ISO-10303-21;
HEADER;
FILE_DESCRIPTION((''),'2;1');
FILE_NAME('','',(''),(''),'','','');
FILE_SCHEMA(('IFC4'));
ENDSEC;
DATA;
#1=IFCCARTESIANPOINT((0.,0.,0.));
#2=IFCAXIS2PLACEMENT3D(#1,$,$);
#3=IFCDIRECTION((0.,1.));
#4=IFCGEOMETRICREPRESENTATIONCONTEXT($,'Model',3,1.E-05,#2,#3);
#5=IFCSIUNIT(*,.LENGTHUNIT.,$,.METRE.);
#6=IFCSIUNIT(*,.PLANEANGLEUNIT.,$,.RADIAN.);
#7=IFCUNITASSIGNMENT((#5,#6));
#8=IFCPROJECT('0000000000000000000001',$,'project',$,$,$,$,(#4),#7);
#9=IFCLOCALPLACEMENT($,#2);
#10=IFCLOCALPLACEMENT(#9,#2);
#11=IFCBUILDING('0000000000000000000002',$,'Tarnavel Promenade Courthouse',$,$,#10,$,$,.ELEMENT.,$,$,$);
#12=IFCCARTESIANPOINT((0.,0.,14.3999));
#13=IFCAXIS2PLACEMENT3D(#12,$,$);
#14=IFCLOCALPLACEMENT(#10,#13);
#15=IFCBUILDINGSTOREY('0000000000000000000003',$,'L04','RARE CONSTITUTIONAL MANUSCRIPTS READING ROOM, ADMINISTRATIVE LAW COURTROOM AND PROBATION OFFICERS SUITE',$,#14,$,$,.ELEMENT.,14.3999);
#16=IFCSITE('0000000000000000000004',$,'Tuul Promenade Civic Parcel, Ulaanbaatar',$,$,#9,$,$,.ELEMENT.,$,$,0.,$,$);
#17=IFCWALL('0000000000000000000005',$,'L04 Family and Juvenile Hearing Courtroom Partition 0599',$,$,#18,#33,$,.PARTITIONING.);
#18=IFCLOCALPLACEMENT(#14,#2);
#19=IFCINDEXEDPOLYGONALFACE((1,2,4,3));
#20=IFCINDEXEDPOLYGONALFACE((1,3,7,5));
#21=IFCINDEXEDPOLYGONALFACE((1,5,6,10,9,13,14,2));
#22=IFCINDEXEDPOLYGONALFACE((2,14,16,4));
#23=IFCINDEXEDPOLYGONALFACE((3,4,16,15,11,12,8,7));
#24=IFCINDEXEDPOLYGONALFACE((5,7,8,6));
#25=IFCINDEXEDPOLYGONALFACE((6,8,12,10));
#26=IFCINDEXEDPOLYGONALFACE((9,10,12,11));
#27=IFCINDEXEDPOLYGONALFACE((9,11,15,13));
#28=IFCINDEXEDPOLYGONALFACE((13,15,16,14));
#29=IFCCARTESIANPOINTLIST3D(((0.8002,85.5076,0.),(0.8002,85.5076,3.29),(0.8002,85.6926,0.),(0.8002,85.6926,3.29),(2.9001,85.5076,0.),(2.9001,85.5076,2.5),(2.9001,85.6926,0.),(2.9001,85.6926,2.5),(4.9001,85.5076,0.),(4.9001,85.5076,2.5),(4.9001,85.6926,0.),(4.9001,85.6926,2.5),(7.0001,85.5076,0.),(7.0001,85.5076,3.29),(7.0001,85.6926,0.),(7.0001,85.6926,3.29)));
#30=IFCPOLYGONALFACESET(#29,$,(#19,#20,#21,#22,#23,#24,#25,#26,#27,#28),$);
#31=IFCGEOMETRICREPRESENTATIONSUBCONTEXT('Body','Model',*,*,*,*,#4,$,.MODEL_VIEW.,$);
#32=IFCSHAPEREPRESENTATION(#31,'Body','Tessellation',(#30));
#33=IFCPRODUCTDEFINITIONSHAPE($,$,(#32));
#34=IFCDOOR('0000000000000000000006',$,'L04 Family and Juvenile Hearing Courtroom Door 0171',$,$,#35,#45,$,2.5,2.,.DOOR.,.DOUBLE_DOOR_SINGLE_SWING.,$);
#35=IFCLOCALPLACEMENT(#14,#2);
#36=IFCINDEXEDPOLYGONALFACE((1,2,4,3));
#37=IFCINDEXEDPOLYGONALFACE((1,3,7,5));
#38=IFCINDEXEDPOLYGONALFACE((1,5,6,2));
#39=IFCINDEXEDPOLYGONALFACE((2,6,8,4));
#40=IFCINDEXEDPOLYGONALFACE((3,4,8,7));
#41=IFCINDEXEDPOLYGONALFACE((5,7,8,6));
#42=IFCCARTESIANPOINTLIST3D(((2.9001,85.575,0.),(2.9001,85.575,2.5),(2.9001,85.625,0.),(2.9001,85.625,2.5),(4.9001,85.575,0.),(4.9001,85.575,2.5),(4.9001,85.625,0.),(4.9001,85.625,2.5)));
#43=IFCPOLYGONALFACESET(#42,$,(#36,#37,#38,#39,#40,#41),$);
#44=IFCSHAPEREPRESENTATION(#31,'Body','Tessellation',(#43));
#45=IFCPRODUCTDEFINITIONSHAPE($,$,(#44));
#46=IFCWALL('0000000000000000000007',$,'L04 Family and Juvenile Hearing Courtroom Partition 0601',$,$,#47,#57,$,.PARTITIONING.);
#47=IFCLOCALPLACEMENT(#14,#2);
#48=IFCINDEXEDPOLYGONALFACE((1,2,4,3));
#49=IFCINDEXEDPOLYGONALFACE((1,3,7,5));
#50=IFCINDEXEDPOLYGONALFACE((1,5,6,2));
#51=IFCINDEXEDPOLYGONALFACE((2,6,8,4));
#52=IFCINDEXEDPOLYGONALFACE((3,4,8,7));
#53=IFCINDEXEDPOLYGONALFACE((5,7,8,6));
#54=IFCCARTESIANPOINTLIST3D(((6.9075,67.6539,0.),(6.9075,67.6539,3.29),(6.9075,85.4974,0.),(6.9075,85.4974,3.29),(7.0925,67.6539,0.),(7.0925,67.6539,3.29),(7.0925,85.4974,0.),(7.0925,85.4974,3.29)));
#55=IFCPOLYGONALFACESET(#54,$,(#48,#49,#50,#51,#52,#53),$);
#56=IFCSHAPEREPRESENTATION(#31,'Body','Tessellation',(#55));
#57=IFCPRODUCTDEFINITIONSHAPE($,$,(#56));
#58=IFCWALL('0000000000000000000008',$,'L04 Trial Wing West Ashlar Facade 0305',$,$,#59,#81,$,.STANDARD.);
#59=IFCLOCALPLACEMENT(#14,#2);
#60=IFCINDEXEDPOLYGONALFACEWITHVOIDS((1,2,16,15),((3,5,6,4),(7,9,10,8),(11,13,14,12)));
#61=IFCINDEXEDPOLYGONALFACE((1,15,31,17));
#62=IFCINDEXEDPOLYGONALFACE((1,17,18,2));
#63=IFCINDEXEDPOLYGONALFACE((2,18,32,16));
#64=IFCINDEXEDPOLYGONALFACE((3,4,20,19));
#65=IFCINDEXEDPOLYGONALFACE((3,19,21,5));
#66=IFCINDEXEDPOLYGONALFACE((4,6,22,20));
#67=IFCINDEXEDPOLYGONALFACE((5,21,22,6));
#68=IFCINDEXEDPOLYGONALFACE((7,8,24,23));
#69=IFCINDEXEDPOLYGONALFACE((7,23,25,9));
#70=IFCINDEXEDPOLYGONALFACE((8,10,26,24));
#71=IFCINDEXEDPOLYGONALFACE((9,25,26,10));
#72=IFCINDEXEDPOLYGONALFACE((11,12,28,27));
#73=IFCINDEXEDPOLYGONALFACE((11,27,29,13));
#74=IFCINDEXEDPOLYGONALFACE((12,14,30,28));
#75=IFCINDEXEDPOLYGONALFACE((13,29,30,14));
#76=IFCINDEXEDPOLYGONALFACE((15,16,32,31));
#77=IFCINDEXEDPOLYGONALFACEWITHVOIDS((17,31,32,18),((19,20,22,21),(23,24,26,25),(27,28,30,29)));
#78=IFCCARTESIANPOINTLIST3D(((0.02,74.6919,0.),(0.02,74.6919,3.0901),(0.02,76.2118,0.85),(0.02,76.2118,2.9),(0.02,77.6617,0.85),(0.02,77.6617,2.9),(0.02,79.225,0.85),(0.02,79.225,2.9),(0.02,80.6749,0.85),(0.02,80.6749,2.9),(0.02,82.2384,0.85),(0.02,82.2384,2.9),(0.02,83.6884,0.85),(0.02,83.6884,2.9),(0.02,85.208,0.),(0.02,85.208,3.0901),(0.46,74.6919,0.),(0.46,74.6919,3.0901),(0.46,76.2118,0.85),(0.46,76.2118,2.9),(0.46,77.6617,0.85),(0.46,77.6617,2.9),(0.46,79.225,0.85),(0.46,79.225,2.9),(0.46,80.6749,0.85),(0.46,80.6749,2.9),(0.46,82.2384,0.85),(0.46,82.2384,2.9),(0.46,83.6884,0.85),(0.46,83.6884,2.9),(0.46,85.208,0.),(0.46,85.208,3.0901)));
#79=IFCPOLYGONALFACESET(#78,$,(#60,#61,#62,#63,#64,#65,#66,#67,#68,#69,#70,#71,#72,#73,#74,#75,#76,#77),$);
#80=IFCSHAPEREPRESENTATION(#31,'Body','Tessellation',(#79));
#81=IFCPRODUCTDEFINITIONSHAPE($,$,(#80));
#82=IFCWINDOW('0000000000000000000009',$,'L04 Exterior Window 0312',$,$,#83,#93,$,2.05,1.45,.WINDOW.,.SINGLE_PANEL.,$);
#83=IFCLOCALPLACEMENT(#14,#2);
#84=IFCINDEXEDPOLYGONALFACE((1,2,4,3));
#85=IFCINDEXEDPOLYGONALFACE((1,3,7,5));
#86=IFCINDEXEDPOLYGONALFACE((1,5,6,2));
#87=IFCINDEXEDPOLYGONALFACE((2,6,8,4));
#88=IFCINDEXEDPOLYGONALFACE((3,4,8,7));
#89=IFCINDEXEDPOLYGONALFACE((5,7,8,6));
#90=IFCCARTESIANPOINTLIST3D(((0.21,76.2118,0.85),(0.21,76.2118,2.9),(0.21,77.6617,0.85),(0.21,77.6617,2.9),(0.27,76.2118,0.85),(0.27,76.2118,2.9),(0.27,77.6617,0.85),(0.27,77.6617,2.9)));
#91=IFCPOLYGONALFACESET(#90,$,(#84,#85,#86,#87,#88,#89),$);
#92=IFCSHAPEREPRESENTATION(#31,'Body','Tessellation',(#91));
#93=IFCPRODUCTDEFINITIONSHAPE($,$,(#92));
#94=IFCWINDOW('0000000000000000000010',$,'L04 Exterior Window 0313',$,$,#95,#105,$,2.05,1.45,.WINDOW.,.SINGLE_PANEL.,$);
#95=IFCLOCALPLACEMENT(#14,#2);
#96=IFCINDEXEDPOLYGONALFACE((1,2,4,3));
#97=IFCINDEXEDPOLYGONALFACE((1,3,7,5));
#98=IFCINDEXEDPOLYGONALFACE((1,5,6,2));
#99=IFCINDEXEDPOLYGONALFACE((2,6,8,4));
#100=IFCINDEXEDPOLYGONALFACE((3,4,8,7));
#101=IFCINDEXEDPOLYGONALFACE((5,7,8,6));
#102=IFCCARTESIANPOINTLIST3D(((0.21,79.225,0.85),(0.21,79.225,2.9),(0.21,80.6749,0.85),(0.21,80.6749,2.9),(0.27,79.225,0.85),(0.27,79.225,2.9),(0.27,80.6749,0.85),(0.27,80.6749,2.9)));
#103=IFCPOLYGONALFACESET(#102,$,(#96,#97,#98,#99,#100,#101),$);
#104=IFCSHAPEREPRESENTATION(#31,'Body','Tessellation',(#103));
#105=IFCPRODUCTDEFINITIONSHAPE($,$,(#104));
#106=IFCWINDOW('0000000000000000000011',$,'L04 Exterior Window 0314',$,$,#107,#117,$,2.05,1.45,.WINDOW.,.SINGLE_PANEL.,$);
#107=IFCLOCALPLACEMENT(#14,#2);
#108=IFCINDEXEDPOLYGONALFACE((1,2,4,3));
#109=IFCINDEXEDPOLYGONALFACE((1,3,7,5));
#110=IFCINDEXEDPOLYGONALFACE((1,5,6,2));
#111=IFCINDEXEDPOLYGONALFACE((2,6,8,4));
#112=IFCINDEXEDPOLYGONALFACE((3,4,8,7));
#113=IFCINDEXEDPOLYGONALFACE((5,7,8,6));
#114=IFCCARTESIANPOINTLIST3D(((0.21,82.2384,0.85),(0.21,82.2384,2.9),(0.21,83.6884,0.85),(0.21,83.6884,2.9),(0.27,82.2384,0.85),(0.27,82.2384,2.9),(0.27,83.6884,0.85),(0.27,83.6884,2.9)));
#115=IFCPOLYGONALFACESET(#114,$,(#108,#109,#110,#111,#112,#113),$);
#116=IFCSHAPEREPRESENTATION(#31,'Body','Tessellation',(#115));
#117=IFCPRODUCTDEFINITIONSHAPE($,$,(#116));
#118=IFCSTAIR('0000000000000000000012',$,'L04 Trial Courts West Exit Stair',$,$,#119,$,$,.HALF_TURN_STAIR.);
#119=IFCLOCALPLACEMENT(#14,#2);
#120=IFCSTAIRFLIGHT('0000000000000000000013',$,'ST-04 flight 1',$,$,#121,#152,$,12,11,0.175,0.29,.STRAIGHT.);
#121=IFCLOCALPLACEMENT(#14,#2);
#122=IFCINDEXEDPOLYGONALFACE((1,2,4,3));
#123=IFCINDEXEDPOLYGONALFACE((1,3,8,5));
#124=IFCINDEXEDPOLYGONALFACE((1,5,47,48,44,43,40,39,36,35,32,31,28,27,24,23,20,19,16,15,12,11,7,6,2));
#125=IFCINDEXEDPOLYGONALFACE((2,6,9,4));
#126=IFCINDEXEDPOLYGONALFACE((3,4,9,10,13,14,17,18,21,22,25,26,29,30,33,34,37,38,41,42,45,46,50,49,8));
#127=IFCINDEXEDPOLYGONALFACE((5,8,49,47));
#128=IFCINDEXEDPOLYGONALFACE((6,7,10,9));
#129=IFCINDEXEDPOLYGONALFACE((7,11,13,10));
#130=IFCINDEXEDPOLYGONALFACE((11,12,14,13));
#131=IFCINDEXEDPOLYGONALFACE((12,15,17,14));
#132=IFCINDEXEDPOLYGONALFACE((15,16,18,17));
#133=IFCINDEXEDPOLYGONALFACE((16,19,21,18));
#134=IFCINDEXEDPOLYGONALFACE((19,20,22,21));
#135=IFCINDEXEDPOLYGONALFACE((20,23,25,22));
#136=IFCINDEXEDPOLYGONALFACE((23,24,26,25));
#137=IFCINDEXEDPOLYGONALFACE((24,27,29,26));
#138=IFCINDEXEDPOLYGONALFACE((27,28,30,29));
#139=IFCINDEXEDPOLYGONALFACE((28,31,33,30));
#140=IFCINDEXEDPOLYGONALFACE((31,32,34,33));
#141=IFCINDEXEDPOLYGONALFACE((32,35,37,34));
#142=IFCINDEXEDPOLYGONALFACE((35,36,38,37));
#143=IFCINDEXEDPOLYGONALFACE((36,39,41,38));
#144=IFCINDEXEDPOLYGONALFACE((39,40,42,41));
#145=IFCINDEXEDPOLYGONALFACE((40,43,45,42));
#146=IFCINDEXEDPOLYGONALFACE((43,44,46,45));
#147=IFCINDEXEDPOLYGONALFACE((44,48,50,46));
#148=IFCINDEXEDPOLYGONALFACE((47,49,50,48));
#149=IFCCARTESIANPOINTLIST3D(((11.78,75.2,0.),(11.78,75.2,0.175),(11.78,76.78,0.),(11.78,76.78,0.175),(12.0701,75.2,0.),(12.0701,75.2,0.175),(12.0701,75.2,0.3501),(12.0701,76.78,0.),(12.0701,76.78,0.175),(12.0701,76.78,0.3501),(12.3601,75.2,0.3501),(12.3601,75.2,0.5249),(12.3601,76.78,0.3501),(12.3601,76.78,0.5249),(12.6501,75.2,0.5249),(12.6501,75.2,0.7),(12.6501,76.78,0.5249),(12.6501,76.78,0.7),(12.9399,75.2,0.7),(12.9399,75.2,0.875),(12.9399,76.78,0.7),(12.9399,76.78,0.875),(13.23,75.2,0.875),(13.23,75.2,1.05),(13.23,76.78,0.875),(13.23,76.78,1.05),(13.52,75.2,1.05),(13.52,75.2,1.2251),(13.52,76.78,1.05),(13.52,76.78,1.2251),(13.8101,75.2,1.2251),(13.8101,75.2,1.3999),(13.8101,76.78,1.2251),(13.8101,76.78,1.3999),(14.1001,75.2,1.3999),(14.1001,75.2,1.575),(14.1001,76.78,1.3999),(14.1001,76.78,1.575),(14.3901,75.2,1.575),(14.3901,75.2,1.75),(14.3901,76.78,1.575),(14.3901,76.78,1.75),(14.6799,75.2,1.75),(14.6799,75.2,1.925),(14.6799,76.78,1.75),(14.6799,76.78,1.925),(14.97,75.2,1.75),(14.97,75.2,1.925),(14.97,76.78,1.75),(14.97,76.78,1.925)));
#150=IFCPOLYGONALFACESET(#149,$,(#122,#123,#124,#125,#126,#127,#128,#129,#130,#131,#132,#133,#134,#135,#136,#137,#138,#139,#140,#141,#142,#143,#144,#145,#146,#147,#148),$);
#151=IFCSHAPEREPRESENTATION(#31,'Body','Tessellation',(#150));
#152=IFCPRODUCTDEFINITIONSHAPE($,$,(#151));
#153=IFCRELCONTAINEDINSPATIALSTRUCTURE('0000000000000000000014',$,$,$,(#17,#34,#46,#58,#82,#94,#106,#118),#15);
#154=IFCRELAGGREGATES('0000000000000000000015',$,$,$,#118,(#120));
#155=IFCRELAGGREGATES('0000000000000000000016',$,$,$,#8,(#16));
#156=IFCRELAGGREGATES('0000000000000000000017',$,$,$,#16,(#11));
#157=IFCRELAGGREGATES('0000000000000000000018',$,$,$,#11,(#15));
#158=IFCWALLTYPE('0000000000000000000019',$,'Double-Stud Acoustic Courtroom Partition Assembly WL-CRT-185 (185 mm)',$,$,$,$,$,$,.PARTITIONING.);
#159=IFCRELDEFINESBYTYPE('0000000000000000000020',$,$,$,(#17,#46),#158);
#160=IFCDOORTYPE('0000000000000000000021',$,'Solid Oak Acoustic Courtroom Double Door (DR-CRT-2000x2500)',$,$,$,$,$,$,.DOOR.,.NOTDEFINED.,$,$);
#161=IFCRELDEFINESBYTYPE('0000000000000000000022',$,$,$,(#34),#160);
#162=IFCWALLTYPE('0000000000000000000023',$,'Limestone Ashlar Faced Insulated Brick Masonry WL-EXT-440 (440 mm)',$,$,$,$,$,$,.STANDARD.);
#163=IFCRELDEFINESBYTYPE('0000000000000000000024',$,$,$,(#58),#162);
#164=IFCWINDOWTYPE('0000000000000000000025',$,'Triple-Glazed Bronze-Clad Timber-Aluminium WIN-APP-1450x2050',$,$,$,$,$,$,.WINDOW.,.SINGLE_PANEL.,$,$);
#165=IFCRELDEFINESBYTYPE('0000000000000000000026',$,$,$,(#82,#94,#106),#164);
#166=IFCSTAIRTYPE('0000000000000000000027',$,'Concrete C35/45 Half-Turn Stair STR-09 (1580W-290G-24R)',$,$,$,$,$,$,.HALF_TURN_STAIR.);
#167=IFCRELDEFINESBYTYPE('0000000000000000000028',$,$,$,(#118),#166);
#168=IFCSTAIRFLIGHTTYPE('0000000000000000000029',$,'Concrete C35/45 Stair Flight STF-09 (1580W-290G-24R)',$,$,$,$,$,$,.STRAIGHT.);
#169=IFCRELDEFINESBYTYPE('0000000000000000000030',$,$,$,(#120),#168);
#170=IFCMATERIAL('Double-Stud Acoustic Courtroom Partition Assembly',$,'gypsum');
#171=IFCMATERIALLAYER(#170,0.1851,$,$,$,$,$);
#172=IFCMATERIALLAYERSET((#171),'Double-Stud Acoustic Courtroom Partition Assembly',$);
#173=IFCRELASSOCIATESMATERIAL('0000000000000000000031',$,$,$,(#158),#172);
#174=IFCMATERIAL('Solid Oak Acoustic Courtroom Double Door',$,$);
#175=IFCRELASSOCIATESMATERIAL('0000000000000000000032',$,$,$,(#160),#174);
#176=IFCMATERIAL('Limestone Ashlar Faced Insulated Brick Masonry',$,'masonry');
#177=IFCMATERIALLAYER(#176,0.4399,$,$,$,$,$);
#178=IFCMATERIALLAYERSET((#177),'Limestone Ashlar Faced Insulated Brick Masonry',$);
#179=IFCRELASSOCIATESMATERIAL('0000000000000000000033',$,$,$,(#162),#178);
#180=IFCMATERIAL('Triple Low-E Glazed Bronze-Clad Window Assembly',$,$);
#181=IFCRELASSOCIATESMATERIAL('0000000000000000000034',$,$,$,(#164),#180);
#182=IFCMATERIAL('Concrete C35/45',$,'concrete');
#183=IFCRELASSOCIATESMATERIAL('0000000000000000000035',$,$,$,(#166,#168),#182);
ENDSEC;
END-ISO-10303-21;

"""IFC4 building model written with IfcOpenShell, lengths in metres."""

from ifc_helpers import new_model, si_unit, direction, frame, frame_2d, origin, place, context, subcontext, project, spatial, polyline, rectangle, outline, extrude, material, layer, layer_set, type_object, element, fill, aggregate, save


model = new_model("IFC4")

# Units and contexts
model_context = context("Model", 3, precision=1e-05, world=origin(), true_north=direction((0.0, 1.0)))
body_context = subcontext(model_context, "Body", "Model", "MODEL_VIEW")
ifc_project = project(units=[si_unit("LENGTHUNIT", "METRE"), si_unit("PLANEANGLEUNIT", "RADIAN")], contexts=[model_context])

# Site, building, storey
site_placement = place(None, origin())
site = spatial("IfcSite", under=ifc_project, at=site_placement, Name="Tuul Promenade Civic Parcel, Ulaanbaatar", CompositionType="ELEMENT", RefElevation=0.0)
building_placement = place(site_placement, origin())
building = spatial("IfcBuilding", under=site, at=building_placement, Name="Tarnavel Promenade Courthouse", CompositionType="ELEMENT")
storey_placement = place(building_placement, frame((0.0, 0.0, 14.3999)))
storey = spatial("IfcBuildingStorey", under=building, at=storey_placement, Name="L04", Description="RARE CONSTITUTIONAL MANUSCRIPTS READING ROOM, ADMINISTRATIVE LAW COURTROOM AND PROBATION OFFICERS SUITE", CompositionType="ELEMENT", Elevation=14.3999)

# Wall, opening, door
ifc_material_1 = material(Name="Double-Stud Acoustic Courtroom Partition Assembly", Category="gypsum")
ifc_layer_1 = layer(ifc_material_1, 0.1851)
ifc_layer_set_1 = layer_set([ifc_layer_1], Name="Double-Stud Acoustic Courtroom Partition Assembly")
wall_type_1 = type_object("IfcWallType", Name="Double-Stud Acoustic Courtroom Partition Assembly WL-CRT-185 (185 mm)", PredefinedType="PARTITIONING", material=ifc_layer_set_1)
wall_1_placement = place(storey_placement, frame((0.8, 85.6001, 0.0), z_axis=(0.0, 0.0, 1.0), x_axis=(1.0, 0.0, 0.0)))
wall_1 = element("IfcWall", 1, at=wall_1_placement, inside=storey, type_object=wall_type_1, Name="L04 Family and Juvenile Hearing Courtroom Partition 0599", PredefinedType="PARTITIONING", context=body_context, shape_type="SweptSolid", body=[
    extrude(rectangle(XDim=6.2, YDim=0.1851, at=frame_2d((3.1001, 0.0))), origin(), (0.0, 0.0, 1.0), 3.29),
])
opening_1_placement = place(wall_1_placement, frame((2.1001, 0.0, 0.0)))
opening_1 = element("IfcOpeningElement", 2, at=opening_1_placement, cuts=wall_1, PredefinedType="OPENING", context=body_context, shape_type="SweptSolid", body=[
    extrude(rectangle(XDim=2.0, YDim=2.5, at=frame_2d((1.0, 1.25))), frame((0.0, 0.1025, 0.0), z_axis=(0.0, -1.0, 0.0), x_axis=(1.0, 0.0, 0.0)), (0.0, 0.0, 1.0), 0.2051),
])
ifc_material_2 = material(Name="Solid Oak Acoustic Courtroom Double Door")
door_type_1 = type_object("IfcDoorType", Name="Solid Oak Acoustic Courtroom Double Door (DR-CRT-2000x2500)", OperationType="NOTDEFINED", PredefinedType="DOOR", material=ifc_material_2)
door_1_placement = place(opening_1_placement, origin())
door_1 = element("IfcDoor", 3, at=door_1_placement, inside=storey, type_object=door_type_1, Name="L04 Family and Juvenile Hearing Courtroom Door 0171", OperationType="DOUBLE_DOOR_SINGLE_SWING", OverallHeight=2.5, OverallWidth=2.0, PredefinedType="DOOR", context=body_context, shape_type="SweptSolid", body=[
    extrude(rectangle(XDim=2.0, YDim=2.5, at=frame_2d((1.0, 1.25))), frame((0.0, 0.0249, 0.0), z_axis=(0.0, -1.0, 0.0), x_axis=(1.0, 0.0, 0.0)), (0.0, 0.0, 1.0), 0.05),
])
fill(opening_1, door_1)

# Wall
wall_2_placement = place(storey_placement, frame((7.0, 85.4976, 0.0), z_axis=(0.0, 0.0, 1.0), x_axis=(0.0, -1.0, 0.0)))
element("IfcWall", 4, at=wall_2_placement, inside=storey, type_object=wall_type_1, Name="L04 Family and Juvenile Hearing Courtroom Partition 0601", PredefinedType="PARTITIONING", context=body_context, shape_type="SweptSolid", body=[
    extrude(rectangle(XDim=17.8435, YDim=0.1851, at=frame_2d((8.9219, 0.0))), origin(), (0.0, 0.0, 1.0), 3.29),
])

# Wall, openings, windows
ifc_material_3 = material(Name="Limestone Ashlar Faced Insulated Brick Masonry", Category="masonry")
ifc_layer_2 = layer(ifc_material_3, 0.4399)
ifc_layer_set_2 = layer_set([ifc_layer_2], Name="Limestone Ashlar Faced Insulated Brick Masonry")
wall_type_2 = type_object("IfcWallType", Name="Limestone Ashlar Faced Insulated Brick Masonry WL-EXT-440 (440 mm)", PredefinedType="STANDARD", material=ifc_layer_set_2)
wall_3_placement = place(storey_placement, frame((0.24, 74.6919, 0.0), z_axis=(0.0, 0.0, 1.0), x_axis=(0.0, 1.0, 0.0)))
wall_3 = element("IfcWall", 5, at=wall_3_placement, inside=storey, type_object=wall_type_2, Name="L04 Trial Wing West Ashlar Facade 0305", PredefinedType="STANDARD", context=body_context, shape_type="SweptSolid", body=[
    extrude(rectangle(XDim=10.5161, YDim=0.4399, at=frame_2d((5.2581, 0.0))), origin(), (0.0, 0.0, 1.0), 3.0901),
])
opening_2_placement = place(wall_3_placement, frame((1.5198, 0.0, 0.8501)))
opening_2 = element("IfcOpeningElement", 6, at=opening_2_placement, cuts=wall_3, PredefinedType="OPENING", context=body_context, shape_type="SweptSolid", body=[
    extrude(rectangle(XDim=1.45, YDim=2.05, at=frame_2d((0.7251, 1.0249))), frame((0.0, 0.23, 0.0), z_axis=(0.0, -1.0, 0.0), x_axis=(1.0, 0.0, 0.0)), (0.0, 0.0, 1.0), 0.46),
])
opening_3_placement = place(wall_3_placement, frame((4.533, 0.0, 0.8501)))
opening_3 = element("IfcOpeningElement", 7, at=opening_3_placement, cuts=wall_3, PredefinedType="OPENING", context=body_context, shape_type="SweptSolid", body=[
    extrude(rectangle(XDim=1.45, YDim=2.05, at=frame_2d((0.7251, 1.0249))), frame((0.0, 0.23, 0.0), z_axis=(0.0, -1.0, 0.0), x_axis=(1.0, 0.0, 0.0)), (0.0, 0.0, 1.0), 0.46),
])
opening_4_placement = place(wall_3_placement, frame((7.5464, 0.0, 0.8501)))
opening_4 = element("IfcOpeningElement", 8, at=opening_4_placement, cuts=wall_3, PredefinedType="OPENING", context=body_context, shape_type="SweptSolid", body=[
    extrude(rectangle(XDim=1.45, YDim=2.05, at=frame_2d((0.7251, 1.0249))), frame((0.0, 0.23, 0.0), z_axis=(0.0, -1.0, 0.0), x_axis=(1.0, 0.0, 0.0)), (0.0, 0.0, 1.0), 0.46),
])
ifc_material_4 = material(Name="Triple Low-E Glazed Bronze-Clad Window Assembly")
window_type = type_object("IfcWindowType", Name="Triple-Glazed Bronze-Clad Timber-Aluminium WIN-APP-1450x2050", PartitioningType="SINGLE_PANEL", PredefinedType="WINDOW", material=ifc_material_4)
window_1_placement = place(opening_2_placement, origin())
window_1 = element("IfcWindow", 9, at=window_1_placement, inside=storey, type_object=window_type, Name="L04 Exterior Window 0312", OverallHeight=2.05, OverallWidth=1.45, PartitioningType="SINGLE_PANEL", PredefinedType="WINDOW", context=body_context, shape_type="SweptSolid", body=[
    extrude(rectangle(XDim=1.45, YDim=2.05, at=frame_2d((0.7251, 1.0249))), frame((0.0, 0.03, 0.0), z_axis=(0.0, -1.0, 0.0), x_axis=(1.0, 0.0, 0.0)), (0.0, 0.0, 1.0), 0.0601),
])
fill(opening_2, window_1)
window_2_placement = place(opening_3_placement, origin())
window_2 = element("IfcWindow", 10, at=window_2_placement, inside=storey, type_object=window_type, Name="L04 Exterior Window 0313", OverallHeight=2.05, OverallWidth=1.45, PartitioningType="SINGLE_PANEL", PredefinedType="WINDOW", context=body_context, shape_type="SweptSolid", body=[
    extrude(rectangle(XDim=1.45, YDim=2.05, at=frame_2d((0.7251, 1.0249))), frame((0.0, 0.03, 0.0), z_axis=(0.0, -1.0, 0.0), x_axis=(1.0, 0.0, 0.0)), (0.0, 0.0, 1.0), 0.0601),
])
fill(opening_3, window_2)
window_3_placement = place(opening_4_placement, origin())
window_3 = element("IfcWindow", 11, at=window_3_placement, inside=storey, type_object=window_type, Name="L04 Exterior Window 0314", OverallHeight=2.05, OverallWidth=1.45, PartitioningType="SINGLE_PANEL", PredefinedType="WINDOW", context=body_context, shape_type="SweptSolid", body=[
    extrude(rectangle(XDim=1.45, YDim=2.05, at=frame_2d((0.7251, 1.0249))), frame((0.0, 0.03, 0.0), z_axis=(0.0, -1.0, 0.0), x_axis=(1.0, 0.0, 0.0)), (0.0, 0.0, 1.0), 0.0601),
])
fill(opening_4, window_3)

# Stair, stair flight
ifc_material_5 = material(Name="Concrete C35/45", Category="concrete")
stair_type = type_object("IfcStairType", Name="Concrete C35/45 Half-Turn Stair STR-09 (1580W-290G-24R)", PredefinedType="HALF_TURN_STAIR", material=ifc_material_5)
stair_placement = place(storey_placement, origin())
stair = element("IfcStair", 12, at=stair_placement, inside=storey, type_object=stair_type, Name="L04 Trial Courts West Exit Stair", PredefinedType="HALF_TURN_STAIR")
stair_flight_type = type_object("IfcStairFlightType", Name="Concrete C35/45 Stair Flight STF-09 (1580W-290G-24R)", PredefinedType="STRAIGHT", material=ifc_material_5)
stair_flight_1_placement = place(storey_placement, frame((11.78, 75.99, 0.0), z_axis=(0.0, 0.0, 1.0), x_axis=(1.0, 0.0, 0.0)))
stair_flight_1 = element("IfcStairFlight", 13, at=stair_flight_1_placement, type_object=stair_flight_type, Name="ST-04 flight 1", NumberOfRisers=12, NumberOfTreads=11, PredefinedType="STRAIGHT", RiserHeight=0.175, TreadLength=0.29, context=body_context, shape_type="SweptSolid", body=[
    extrude(outline(polyline([(0.0, 0.0), (0.0, 0.175), (0.29, 0.175), (0.29, 0.3501), (0.5801, 0.3501), (0.5801, 0.5249), (0.8701, 0.5249), (0.8701, 0.7), (1.1599, 0.7), (1.1599, 0.875), (1.45, 0.875), (1.45, 1.05), (1.74, 1.05), (1.74, 1.2251), (2.03, 1.2251), (2.03, 1.3999), (2.3201, 1.3999), (2.3201, 1.575), (2.6101, 1.575), (2.6101, 1.75), (2.8999, 1.75), (2.8999, 1.925), (3.1899, 1.925), (3.1899, 2.1001), (3.1899, 1.75), (0.29, 0.0), (0.0, 0.0)])), frame((0.0, 0.79, 0.0), z_axis=(0.0, -1.0, 0.0), x_axis=(1.0, 0.0, 0.0)), (0.0, 0.0, 1.0), 1.5801),
])
aggregate(stair, [stair_flight_1])

save(model, "model.ifc")
